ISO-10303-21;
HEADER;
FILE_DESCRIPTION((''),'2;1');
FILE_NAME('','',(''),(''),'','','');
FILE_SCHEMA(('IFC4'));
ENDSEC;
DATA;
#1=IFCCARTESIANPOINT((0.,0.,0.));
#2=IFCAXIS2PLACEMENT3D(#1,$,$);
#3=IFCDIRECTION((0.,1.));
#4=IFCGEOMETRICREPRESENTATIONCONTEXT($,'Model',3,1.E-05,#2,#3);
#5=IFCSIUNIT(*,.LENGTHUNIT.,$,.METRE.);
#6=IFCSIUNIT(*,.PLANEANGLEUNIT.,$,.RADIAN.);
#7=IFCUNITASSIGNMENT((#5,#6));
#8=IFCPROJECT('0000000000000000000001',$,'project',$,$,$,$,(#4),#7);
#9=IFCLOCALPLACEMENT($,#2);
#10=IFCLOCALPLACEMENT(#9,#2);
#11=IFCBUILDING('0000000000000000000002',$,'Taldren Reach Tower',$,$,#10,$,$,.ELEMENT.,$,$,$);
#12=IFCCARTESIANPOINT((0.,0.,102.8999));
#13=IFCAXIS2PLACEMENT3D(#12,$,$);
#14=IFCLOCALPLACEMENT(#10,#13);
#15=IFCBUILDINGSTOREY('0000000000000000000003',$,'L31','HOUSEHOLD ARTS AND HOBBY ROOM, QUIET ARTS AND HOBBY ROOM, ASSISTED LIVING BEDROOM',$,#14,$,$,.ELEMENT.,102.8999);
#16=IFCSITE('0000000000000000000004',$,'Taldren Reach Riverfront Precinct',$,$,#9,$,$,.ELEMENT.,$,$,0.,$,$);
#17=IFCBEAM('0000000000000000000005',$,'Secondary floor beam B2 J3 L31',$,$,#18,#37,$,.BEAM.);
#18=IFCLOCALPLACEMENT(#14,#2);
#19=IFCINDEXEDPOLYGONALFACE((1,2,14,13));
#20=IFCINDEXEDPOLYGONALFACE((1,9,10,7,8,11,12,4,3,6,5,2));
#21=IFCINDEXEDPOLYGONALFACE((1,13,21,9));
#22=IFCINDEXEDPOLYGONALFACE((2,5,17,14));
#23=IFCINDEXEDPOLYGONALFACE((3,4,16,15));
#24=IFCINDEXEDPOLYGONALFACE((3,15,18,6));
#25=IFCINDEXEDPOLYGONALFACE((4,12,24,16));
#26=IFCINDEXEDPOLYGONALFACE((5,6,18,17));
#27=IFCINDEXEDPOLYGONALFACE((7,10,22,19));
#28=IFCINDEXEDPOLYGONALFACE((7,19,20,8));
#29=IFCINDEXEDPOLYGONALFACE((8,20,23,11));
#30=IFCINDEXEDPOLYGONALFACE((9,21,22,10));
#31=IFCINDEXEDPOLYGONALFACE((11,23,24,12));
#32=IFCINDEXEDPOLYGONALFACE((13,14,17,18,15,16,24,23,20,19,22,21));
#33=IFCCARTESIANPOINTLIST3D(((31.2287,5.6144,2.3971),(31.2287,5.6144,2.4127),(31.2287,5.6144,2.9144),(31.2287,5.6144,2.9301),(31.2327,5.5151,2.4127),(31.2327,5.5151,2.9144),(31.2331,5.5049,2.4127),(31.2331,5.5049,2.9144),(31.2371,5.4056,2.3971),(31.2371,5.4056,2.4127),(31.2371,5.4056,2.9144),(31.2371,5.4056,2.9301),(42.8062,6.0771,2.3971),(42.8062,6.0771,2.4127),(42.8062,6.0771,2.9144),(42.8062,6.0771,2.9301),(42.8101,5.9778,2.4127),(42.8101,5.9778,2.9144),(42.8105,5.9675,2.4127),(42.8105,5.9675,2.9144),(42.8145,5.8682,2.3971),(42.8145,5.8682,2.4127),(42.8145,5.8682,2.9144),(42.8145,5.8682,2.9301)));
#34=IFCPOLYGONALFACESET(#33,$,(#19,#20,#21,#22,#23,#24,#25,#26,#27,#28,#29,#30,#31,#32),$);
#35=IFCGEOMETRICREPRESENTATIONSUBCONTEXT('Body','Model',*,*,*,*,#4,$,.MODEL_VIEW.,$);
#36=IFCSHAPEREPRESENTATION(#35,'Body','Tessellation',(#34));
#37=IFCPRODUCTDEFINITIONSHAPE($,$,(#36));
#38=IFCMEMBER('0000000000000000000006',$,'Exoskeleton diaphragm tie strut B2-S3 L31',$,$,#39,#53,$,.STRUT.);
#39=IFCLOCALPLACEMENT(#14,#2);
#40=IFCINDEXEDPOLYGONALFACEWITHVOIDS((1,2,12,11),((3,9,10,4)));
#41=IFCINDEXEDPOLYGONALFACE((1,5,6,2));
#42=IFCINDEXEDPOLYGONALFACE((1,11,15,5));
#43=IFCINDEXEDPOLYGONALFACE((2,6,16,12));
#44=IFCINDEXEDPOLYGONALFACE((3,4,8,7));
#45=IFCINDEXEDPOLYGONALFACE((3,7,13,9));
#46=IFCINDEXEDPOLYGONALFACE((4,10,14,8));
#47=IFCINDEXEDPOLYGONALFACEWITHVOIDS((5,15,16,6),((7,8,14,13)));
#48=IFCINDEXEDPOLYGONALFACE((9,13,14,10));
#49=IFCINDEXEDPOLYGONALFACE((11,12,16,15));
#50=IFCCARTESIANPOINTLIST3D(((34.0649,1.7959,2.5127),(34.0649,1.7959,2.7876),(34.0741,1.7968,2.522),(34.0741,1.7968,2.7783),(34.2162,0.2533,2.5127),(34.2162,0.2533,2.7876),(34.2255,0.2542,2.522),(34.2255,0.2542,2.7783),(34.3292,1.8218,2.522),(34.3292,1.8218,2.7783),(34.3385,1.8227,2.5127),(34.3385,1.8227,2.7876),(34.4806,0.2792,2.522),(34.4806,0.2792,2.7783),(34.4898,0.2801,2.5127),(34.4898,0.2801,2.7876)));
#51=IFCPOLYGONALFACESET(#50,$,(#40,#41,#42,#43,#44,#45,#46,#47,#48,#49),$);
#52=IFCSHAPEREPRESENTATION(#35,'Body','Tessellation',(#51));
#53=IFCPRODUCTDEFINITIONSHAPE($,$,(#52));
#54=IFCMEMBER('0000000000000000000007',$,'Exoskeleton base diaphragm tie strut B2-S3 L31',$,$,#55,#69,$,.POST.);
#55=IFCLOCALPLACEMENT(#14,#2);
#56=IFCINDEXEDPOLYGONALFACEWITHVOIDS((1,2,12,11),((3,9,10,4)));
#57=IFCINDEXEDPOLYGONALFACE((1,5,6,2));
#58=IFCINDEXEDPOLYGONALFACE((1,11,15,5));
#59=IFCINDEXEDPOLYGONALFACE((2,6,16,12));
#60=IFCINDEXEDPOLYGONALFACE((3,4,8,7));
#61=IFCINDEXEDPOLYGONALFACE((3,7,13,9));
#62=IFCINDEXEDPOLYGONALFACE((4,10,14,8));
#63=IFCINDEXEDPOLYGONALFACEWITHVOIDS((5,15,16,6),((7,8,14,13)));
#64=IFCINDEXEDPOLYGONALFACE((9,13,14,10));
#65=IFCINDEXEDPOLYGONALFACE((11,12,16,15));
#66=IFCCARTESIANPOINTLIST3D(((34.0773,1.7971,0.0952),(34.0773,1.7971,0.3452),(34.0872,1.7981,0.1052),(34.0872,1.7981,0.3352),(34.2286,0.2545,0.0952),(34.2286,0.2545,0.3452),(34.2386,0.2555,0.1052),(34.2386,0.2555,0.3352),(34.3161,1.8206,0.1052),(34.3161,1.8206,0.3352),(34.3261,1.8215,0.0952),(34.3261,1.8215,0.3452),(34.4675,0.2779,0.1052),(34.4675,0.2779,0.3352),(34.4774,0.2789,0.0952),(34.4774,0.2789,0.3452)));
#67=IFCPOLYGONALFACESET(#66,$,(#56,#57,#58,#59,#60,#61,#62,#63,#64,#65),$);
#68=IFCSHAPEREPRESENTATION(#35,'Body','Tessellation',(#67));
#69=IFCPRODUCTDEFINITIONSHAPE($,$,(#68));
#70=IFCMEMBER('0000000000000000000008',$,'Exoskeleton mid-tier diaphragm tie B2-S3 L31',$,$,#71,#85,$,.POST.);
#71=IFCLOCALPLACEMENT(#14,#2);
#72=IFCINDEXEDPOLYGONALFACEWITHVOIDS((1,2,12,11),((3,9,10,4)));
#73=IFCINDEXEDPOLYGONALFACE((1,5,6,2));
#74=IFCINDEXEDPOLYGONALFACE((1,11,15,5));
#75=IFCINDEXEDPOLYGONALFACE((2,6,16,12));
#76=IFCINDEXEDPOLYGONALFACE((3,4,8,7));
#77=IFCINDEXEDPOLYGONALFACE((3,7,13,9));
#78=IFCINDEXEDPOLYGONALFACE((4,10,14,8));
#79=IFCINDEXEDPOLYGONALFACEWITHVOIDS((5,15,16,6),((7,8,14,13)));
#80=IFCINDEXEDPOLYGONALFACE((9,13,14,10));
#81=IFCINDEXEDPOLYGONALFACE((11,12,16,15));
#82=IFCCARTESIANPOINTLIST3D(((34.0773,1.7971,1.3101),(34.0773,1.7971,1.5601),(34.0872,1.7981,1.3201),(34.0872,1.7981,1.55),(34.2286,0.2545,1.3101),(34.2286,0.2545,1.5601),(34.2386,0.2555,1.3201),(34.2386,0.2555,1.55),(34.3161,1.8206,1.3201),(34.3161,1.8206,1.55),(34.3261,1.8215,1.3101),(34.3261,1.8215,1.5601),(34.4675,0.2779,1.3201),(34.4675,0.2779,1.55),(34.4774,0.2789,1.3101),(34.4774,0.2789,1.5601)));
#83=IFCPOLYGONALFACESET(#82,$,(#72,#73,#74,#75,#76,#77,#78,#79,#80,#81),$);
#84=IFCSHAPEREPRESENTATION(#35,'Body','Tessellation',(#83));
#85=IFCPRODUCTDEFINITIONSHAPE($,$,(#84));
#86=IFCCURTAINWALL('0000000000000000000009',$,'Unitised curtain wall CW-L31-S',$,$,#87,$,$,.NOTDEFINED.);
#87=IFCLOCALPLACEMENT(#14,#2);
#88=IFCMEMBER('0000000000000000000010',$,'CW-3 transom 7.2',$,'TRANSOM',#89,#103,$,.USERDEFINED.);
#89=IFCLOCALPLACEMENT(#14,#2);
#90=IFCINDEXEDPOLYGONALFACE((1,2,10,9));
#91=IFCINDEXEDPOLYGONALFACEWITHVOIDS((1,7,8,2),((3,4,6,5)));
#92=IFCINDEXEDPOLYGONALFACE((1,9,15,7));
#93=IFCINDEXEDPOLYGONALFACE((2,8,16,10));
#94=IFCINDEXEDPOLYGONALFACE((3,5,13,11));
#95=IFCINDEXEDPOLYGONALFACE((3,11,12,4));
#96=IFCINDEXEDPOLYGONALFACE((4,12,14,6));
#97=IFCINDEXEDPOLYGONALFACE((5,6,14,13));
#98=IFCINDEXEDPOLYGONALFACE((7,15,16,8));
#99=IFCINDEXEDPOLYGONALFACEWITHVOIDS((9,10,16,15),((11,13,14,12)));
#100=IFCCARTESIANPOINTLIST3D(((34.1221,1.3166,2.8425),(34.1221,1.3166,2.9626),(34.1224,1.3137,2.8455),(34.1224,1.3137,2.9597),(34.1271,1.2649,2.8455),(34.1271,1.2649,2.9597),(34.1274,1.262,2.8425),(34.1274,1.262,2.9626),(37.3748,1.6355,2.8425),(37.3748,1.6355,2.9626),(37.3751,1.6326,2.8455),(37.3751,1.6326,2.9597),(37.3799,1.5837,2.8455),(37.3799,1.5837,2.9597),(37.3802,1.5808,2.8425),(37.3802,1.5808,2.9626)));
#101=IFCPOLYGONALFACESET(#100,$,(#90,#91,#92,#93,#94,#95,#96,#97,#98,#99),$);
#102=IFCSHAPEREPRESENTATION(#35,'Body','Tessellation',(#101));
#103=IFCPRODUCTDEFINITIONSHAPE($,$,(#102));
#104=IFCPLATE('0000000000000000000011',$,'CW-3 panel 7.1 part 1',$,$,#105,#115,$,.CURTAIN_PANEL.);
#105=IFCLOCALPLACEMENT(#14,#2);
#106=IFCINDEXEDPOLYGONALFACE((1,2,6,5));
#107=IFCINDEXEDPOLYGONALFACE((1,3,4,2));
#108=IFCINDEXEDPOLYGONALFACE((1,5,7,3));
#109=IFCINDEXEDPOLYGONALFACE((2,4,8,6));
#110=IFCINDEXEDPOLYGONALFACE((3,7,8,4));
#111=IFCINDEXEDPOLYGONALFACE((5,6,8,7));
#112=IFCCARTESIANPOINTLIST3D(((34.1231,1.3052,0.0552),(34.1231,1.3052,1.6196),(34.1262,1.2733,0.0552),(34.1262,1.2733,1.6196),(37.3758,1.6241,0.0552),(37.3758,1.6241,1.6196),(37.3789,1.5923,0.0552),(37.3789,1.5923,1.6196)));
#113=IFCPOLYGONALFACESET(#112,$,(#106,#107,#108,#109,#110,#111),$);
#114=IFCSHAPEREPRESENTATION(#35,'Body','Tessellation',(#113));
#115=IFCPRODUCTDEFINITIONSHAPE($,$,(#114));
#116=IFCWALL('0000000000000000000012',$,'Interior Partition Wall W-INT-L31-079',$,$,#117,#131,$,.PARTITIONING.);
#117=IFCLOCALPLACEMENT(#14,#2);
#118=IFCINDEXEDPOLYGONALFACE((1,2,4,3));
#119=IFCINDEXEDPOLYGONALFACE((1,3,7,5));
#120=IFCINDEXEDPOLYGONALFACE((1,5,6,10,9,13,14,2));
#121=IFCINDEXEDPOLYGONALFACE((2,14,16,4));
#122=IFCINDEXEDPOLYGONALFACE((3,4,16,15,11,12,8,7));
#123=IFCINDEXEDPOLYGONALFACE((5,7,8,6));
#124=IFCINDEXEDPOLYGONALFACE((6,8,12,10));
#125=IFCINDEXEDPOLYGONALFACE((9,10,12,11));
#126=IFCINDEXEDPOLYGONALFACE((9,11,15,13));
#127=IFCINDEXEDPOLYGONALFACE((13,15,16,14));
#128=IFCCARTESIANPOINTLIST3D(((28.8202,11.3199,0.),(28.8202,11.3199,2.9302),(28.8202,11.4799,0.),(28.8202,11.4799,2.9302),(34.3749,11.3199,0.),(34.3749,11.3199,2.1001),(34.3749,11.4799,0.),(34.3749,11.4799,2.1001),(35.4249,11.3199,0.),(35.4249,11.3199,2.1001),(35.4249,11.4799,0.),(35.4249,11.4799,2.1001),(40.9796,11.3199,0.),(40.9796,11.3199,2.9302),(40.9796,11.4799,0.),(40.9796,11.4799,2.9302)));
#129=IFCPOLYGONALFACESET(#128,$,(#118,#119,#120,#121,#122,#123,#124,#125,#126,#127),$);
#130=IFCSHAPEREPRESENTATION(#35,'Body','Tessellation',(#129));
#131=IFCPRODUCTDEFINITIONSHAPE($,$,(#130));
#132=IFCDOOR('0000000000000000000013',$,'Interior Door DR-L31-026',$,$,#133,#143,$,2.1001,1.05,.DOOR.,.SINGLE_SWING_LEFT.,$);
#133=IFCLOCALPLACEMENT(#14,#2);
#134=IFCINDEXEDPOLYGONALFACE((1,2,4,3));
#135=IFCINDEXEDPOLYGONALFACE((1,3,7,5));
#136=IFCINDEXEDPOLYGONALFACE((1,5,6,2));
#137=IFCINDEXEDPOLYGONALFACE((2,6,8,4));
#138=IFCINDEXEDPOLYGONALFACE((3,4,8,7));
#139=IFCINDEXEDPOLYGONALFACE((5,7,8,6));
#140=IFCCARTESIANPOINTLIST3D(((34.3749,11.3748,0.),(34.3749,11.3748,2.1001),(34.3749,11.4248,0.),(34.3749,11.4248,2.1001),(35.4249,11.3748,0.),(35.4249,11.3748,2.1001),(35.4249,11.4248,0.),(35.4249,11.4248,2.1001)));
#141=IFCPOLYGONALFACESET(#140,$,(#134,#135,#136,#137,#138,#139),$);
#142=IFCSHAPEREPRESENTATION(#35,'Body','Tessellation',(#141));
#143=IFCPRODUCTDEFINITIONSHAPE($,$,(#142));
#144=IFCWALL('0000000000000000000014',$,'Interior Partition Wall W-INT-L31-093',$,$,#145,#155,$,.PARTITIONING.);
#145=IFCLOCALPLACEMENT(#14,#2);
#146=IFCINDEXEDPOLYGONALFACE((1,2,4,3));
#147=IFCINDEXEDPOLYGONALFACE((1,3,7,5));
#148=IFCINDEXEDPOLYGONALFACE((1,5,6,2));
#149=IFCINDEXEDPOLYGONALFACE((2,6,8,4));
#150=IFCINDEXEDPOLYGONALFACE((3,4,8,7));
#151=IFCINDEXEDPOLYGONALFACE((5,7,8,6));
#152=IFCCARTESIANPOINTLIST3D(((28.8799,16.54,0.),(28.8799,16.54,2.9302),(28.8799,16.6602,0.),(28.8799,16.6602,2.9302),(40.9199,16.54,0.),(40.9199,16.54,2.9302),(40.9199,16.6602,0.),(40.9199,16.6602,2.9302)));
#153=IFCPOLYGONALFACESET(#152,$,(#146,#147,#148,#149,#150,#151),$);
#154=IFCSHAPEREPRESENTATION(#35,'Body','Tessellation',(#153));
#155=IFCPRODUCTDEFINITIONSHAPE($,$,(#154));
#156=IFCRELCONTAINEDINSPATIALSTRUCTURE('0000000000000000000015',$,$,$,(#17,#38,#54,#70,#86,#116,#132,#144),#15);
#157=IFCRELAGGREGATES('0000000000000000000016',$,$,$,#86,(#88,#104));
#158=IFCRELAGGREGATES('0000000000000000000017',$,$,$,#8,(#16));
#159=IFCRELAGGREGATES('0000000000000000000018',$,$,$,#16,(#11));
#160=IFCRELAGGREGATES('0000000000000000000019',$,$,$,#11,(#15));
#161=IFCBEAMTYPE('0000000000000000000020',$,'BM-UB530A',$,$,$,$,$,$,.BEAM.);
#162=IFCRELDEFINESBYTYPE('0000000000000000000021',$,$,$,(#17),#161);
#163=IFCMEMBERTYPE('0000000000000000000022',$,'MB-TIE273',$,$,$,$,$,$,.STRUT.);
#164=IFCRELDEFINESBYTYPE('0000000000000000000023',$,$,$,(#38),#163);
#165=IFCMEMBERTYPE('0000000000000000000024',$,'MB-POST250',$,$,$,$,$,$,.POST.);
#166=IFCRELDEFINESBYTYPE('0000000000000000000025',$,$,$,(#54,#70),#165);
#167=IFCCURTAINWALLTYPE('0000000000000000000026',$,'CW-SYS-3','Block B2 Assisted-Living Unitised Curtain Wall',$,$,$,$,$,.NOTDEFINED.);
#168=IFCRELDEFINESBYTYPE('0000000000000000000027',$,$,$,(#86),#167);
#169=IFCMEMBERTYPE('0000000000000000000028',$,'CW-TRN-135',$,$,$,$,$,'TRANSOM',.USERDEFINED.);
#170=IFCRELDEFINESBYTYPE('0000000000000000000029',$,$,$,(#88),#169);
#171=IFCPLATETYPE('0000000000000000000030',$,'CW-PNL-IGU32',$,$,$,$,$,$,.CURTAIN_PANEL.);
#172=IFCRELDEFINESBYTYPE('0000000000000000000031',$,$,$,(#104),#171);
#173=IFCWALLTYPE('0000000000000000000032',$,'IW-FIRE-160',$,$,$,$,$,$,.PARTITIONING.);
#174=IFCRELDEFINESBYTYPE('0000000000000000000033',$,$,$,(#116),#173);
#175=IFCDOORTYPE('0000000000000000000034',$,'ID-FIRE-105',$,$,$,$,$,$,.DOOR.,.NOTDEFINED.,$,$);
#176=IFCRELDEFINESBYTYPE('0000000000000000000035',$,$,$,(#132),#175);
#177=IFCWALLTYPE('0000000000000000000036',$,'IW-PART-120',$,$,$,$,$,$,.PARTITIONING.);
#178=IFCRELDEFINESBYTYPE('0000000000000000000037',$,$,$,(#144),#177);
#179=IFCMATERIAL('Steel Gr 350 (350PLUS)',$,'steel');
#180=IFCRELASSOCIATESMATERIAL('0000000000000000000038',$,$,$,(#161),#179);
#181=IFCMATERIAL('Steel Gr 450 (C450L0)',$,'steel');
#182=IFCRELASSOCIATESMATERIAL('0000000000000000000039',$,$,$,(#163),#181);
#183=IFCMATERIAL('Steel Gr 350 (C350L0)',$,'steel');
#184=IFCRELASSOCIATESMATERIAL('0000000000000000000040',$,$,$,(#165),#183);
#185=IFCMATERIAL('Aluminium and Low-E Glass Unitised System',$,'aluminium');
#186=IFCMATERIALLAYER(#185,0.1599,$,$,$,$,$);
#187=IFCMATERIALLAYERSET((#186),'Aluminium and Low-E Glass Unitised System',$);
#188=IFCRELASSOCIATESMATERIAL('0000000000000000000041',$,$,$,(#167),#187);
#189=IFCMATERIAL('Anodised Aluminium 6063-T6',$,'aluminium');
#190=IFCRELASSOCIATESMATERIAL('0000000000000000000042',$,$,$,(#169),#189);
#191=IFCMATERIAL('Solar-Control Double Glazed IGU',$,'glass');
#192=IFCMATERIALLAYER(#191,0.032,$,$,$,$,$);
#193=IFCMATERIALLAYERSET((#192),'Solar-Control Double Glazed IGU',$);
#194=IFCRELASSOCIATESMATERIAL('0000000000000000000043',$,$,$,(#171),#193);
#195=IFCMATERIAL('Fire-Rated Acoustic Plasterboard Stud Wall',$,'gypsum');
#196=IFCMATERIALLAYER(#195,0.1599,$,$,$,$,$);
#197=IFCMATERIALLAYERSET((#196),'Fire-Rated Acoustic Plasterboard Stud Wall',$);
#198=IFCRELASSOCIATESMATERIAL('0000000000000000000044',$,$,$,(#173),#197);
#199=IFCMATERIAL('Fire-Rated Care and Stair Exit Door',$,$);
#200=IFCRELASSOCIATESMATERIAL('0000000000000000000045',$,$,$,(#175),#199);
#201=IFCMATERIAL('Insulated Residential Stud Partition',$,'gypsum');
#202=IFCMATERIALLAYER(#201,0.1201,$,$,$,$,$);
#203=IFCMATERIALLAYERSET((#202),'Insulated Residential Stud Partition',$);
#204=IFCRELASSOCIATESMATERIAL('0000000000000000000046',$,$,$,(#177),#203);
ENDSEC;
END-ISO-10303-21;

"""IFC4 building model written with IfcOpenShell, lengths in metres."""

from ifc_helpers import new_model, si_unit, direction, frame, frame_2d, origin, origin_2d, place, context, subcontext, project, spatial, rectangle, hollow_rectangle, i_section, extrude, source, transform, mapped, material, layer, layer_set, material_profile, profile_set, type_object, element, fill, aggregate, save


model = new_model("IFC4")

# Units and contexts
model_context = context("Model", 3, precision=1e-05, world=origin(), true_north=direction((0.0, 1.0)))
body_context = subcontext(model_context, "Body", "Model", "MODEL_VIEW")
ifc_project = project(units=[si_unit("LENGTHUNIT", "METRE"), si_unit("PLANEANGLEUNIT", "RADIAN")], contexts=[model_context])

# Site, building, storey
site_placement = place(None, origin())
site = spatial("IfcSite", under=ifc_project, at=site_placement, Name="Taldren Reach Riverfront Precinct", CompositionType="ELEMENT", RefElevation=0.0)
building_placement = place(site_placement, origin())
building = spatial("IfcBuilding", under=site, at=building_placement, Name="Taldren Reach Tower", CompositionType="ELEMENT")
storey_placement = place(building_placement, frame((0.0, 0.0, 102.8999)))
storey = spatial("IfcBuildingStorey", under=building, at=storey_placement, Name="L31", Description="HOUSEHOLD ARTS AND HOBBY ROOM, QUIET ARTS AND HOBBY ROOM, ASSISTED LIVING BEDROOM", CompositionType="ELEMENT", Elevation=102.8999)

# Shared definitions
ifc_material_1 = material(Name="Steel Gr 350 (350PLUS)", Category="steel")

# Beam
ifc_material_profile_1 = material_profile(ifc_material_1, i_section(OverallWidth=0.209, OverallDepth=0.533, WebThickness=0.0103, FlangeThickness=0.0156, at=origin_2d()), Name="530UB92.4")
ifc_profile_set_1 = profile_set([ifc_material_profile_1], Name="Steel Gr 350 (350PLUS)")
beam_type_1 = type_object("IfcBeamType", Name="BM-UB530A", PredefinedType="BEAM", material=ifc_profile_set_1)
shared_shape_1 = source(origin(), body_context, "Body", "SweptSolid", [
    extrude(i_section(OverallWidth=0.209, OverallDepth=0.533, WebThickness=0.0103, FlangeThickness=0.0156, at=origin_2d()), origin(), (0.0, 0.0, 1.0), 11.5867),
])
beam_1_placement = place(storey_placement, frame((31.2329, 5.51, 2.6636), z_axis=(0.999203, 0.039929, 0.0), x_axis=(-0.039929, 0.999203, 0.0)))
element("IfcBeam", 1, at=beam_1_placement, inside=storey, type_object=beam_type_1, Name="Secondary floor beam B2 J3 L31", PredefinedType="BEAM", context=body_context, shape_type="MappedRepresentation", body=[
    mapped(shared_shape_1, transform((0.0, 0.0, 0.0), scale=1.0)),
])

# Members
ifc_material_2 = material(Name="Steel Gr 450 (C450L0)", Category="steel")
ifc_material_profile_2 = material_profile(ifc_material_2, hollow_rectangle(XDim=0.2749, YDim=0.2749, WallThickness=0.0093, at=origin_2d()), Name="275x275x9.3SHS")
ifc_profile_set_2 = profile_set([ifc_material_profile_2], Name="Steel Gr 450 (C450L0)")
member_type_1 = type_object("IfcMemberType", Name="MB-TIE273", PredefinedType="STRUT", material=ifc_profile_set_2)
shared_shape_2 = source(origin(), body_context, "Body", "SweptSolid", [
    extrude(hollow_rectangle(XDim=0.2749, YDim=0.2749, WallThickness=0.0093, at=origin_2d()), origin(), (0.0, 0.0, 1.0), 1.55),
])
member_1_placement = place(storey_placement, frame((34.2017, 1.8093, 2.6501), z_axis=(0.097648, -0.995221, 0.0), x_axis=(0.995221, 0.097648, 0.0)))
element("IfcMember", 2, at=member_1_placement, inside=storey, type_object=member_type_1, Name="Exoskeleton diaphragm tie strut B2-S3 L31", PredefinedType="STRUT", context=body_context, shape_type="MappedRepresentation", body=[
    mapped(shared_shape_2, transform((0.0, 0.0, 0.0), scale=1.0)),
])
ifc_material_3 = material(Name="Steel Gr 350 (C350L0)", Category="steel")
ifc_material_profile_3 = material_profile(ifc_material_3, hollow_rectangle(XDim=0.25, YDim=0.25, WallThickness=0.01, at=origin_2d()), Name="250x250x10.0SHS")
ifc_profile_set_3 = profile_set([ifc_material_profile_3], Name="Steel Gr 350 (C350L0)")
member_type_2 = type_object("IfcMemberType", Name="MB-POST250", PredefinedType="POST", material=ifc_profile_set_3)
shared_shape_3 = source(origin(), body_context, "Body", "SweptSolid", [
    extrude(hollow_rectangle(XDim=0.25, YDim=0.25, WallThickness=0.01, at=origin_2d()), origin(), (0.0, 0.0, 1.0), 1.55),
])
for number, where, z_axis, x_axis, name in (
    (3, (34.2017, 1.8093, 0.2202), (0.097648, -0.995221, 0.0), (0.995221, 0.097648, 0.0), "Exoskeleton base diaphragm tie strut B2-S3 L31"),
    (4, (34.2017, 1.8093, 1.4351), (0.097648, -0.995221, 0.0), (0.995221, 0.097648, 0.0), "Exoskeleton mid-tier diaphragm tie B2-S3 L31"),
):
    element("IfcMember", number, at=place(storey_placement, frame(where, z_axis=z_axis, x_axis=x_axis)), inside=storey, type_object=member_type_2, Name=name, PredefinedType="POST", context=body_context, shape_type="MappedRepresentation", body=[
        mapped(shared_shape_3, transform((0.0, 0.0, 0.0), scale=1.0)),
    ])

# Curtain wall, member, plate
ifc_material_4 = material(Name="Aluminium and Low-E Glass Unitised System", Category="aluminium")
ifc_layer_1 = layer(ifc_material_4, 0.1599)
ifc_layer_set_1 = layer_set([ifc_layer_1], Name="Aluminium and Low-E Glass Unitised System")
curtain_wall_type = type_object("IfcCurtainWallType", Name="CW-SYS-3", Description="Block B2 Assisted-Living Unitised Curtain Wall", PredefinedType="NOTDEFINED", material=ifc_layer_set_1)
curtain_wall_placement = place(storey_placement, origin())
curtain_wall = element("IfcCurtainWall", 5, at=curtain_wall_placement, inside=storey, type_object=curtain_wall_type, Name="Unitised curtain wall CW-L31-S", PredefinedType="NOTDEFINED")
ifc_material_5 = material(Name="Anodised Aluminium 6063-T6", Category="aluminium")
ifc_material_profile_4 = material_profile(ifc_material_5, hollow_rectangle(XDim=0.0549, YDim=0.1201, WallThickness=0.0029, at=origin_2d()), Name="ALU-120x55x3RHS")
ifc_profile_set_4 = profile_set([ifc_material_profile_4], Name="Anodised Aluminium 6063-T6")
member_type_3 = type_object("IfcMemberType", Name="CW-TRN-135", ElementType="TRANSOM", PredefinedType="USERDEFINED", material=ifc_profile_set_4)
shared_shape_4 = source(origin(), body_context, "Body", "SweptSolid", [
    extrude(hollow_rectangle(XDim=0.0549, YDim=0.1201, WallThickness=0.0029, at=origin_2d()), origin(), (0.0, 0.0, 1.0), 3.2683),
])
member_2_placement = place(storey_placement, frame((34.1248, 1.2893, 2.9026), z_axis=(0.99523, 0.097558, 0.0), x_axis=(-0.097558, 0.99523, 0.0)))
member_2 = element("IfcMember", 6, at=member_2_placement, type_object=member_type_3, Name="CW-3 transom 7.2", ObjectType="TRANSOM", PredefinedType="USERDEFINED", context=body_context, shape_type="MappedRepresentation", body=[
    mapped(shared_shape_4, transform((0.0, 0.0, 0.0), scale=1.0)),
])
ifc_material_6 = material(Name="Solar-Control Double Glazed IGU", Category="glass")
ifc_layer_2 = layer(ifc_material_6, 0.032)
ifc_layer_set_2 = layer_set([ifc_layer_2], Name="Solar-Control Double Glazed IGU")
plate_type = type_object("IfcPlateType", Name="CW-PNL-IGU32", PredefinedType="CURTAIN_PANEL", material=ifc_layer_set_2)
shared_shape_5 = source(origin(), body_context, "Body", "SweptSolid", [
    extrude(rectangle(XDim=3.2683, YDim=0.032, at=origin_2d()), origin(), (0.0, 0.0, 1.0), 1.5645),
])
plate_placement = place(storey_placement, frame((35.751, 1.4487, 0.0552), z_axis=(0.0, 0.0, 1.0), x_axis=(0.995227, 0.097583, 0.0)))
plate = element("IfcPlate", 7, at=plate_placement, type_object=plate_type, Name="CW-3 panel 7.1 part 1", PredefinedType="CURTAIN_PANEL", context=body_context, shape_type="MappedRepresentation", body=[
    mapped(shared_shape_5, transform((0.0, 0.0, 0.0), scale=1.0)),
])
aggregate(curtain_wall, [member_2, plate])

# Wall, opening, door
ifc_material_7 = material(Name="Fire-Rated Acoustic Plasterboard Stud Wall", Category="gypsum")
ifc_layer_3 = layer(ifc_material_7, 0.1599)
ifc_layer_set_3 = layer_set([ifc_layer_3], Name="Fire-Rated Acoustic Plasterboard Stud Wall")
wall_type_1 = type_object("IfcWallType", Name="IW-FIRE-160", PredefinedType="PARTITIONING", material=ifc_layer_set_3)
shared_shape_6 = source(origin(), body_context, "Body", "SweptSolid", [
    extrude(rectangle(XDim=12.1594, YDim=0.1599, at=frame_2d((6.0796, 0.0))), origin(), (0.0, 0.0, 1.0), 2.9302),
])
wall_1_placement = place(storey_placement, frame((28.8203, 11.3999, 0.0), z_axis=(0.0, 0.0, 1.0), x_axis=(1.0, 0.0, 0.0)))
wall_1 = element("IfcWall", 8, at=wall_1_placement, inside=storey, type_object=wall_type_1, Name="Interior Partition Wall W-INT-L31-079", PredefinedType="PARTITIONING", context=body_context, shape_type="MappedRepresentation", body=[
    mapped(shared_shape_6, transform((0.0, 0.0, 0.0), scale=1.0)),
])
shared_shape_7 = source(origin(), body_context, "Body", "SweptSolid", [
    extrude(rectangle(XDim=1.05, YDim=2.1001, at=frame_2d((0.5249, 1.05))), frame((0.0, 0.0898, 0.0), z_axis=(0.0, -1.0, 0.0), x_axis=(1.0, 0.0, 0.0)), (0.0, 0.0, 1.0), 0.1799),
])
opening_1_placement = place(wall_1_placement, frame((5.5547, 0.0, 0.0)))
opening_1 = element("IfcOpeningElement", 9, at=opening_1_placement, cuts=wall_1, PredefinedType="OPENING", context=body_context, shape_type="MappedRepresentation", body=[
    mapped(shared_shape_7, transform((0.0, 0.0, 0.0), scale=1.0)),
])
ifc_material_8 = material(Name="Fire-Rated Care and Stair Exit Door")
door_type_1 = type_object("IfcDoorType", Name="ID-FIRE-105", OperationType="NOTDEFINED", PredefinedType="DOOR", material=ifc_material_8)
shared_shape_8 = source(origin(), body_context, "Body", "SweptSolid", [
    extrude(rectangle(XDim=1.05, YDim=2.1001, at=frame_2d((0.5249, 1.05))), frame((0.0, 0.0249, 0.0), z_axis=(0.0, -1.0, 0.0), x_axis=(1.0, 0.0, 0.0)), (0.0, 0.0, 1.0), 0.05),
])
door_1_placement = place(opening_1_placement, origin())
door_1 = element("IfcDoor", 10, at=door_1_placement, inside=storey, type_object=door_type_1, Name="Interior Door DR-L31-026", OperationType="SINGLE_SWING_LEFT", OverallHeight=2.1001, OverallWidth=1.05, PredefinedType="DOOR", context=body_context, shape_type="MappedRepresentation", body=[
    mapped(shared_shape_8, transform((0.0, 0.0, 0.0), scale=1.0)),
])
fill(opening_1, door_1)

# Wall
ifc_material_9 = material(Name="Insulated Residential Stud Partition", Category="gypsum")
ifc_layer_4 = layer(ifc_material_9, 0.1201)
ifc_layer_set_4 = layer_set([ifc_layer_4], Name="Insulated Residential Stud Partition")
wall_type_2 = type_object("IfcWallType", Name="IW-PART-120", PredefinedType="PARTITIONING", material=ifc_layer_set_4)
shared_shape_9 = source(origin(), body_context, "Body", "SweptSolid", [
    extrude(rectangle(XDim=12.04, YDim=0.1201, at=frame_2d((6.02, 0.0))), origin(), (0.0, 0.0, 1.0), 2.9302),
])
wall_2_placement = place(storey_placement, frame((28.8799, 16.6001, 0.0), z_axis=(0.0, 0.0, 1.0), x_axis=(1.0, 0.0, 0.0)))
element("IfcWall", 11, at=wall_2_placement, inside=storey, type_object=wall_type_2, Name="Interior Partition Wall W-INT-L31-093", PredefinedType="PARTITIONING", context=body_context, shape_type="MappedRepresentation", body=[
    mapped(shared_shape_9, transform((0.0, 0.0, 0.0), scale=1.0)),
])

save(model, "model.ifc")
